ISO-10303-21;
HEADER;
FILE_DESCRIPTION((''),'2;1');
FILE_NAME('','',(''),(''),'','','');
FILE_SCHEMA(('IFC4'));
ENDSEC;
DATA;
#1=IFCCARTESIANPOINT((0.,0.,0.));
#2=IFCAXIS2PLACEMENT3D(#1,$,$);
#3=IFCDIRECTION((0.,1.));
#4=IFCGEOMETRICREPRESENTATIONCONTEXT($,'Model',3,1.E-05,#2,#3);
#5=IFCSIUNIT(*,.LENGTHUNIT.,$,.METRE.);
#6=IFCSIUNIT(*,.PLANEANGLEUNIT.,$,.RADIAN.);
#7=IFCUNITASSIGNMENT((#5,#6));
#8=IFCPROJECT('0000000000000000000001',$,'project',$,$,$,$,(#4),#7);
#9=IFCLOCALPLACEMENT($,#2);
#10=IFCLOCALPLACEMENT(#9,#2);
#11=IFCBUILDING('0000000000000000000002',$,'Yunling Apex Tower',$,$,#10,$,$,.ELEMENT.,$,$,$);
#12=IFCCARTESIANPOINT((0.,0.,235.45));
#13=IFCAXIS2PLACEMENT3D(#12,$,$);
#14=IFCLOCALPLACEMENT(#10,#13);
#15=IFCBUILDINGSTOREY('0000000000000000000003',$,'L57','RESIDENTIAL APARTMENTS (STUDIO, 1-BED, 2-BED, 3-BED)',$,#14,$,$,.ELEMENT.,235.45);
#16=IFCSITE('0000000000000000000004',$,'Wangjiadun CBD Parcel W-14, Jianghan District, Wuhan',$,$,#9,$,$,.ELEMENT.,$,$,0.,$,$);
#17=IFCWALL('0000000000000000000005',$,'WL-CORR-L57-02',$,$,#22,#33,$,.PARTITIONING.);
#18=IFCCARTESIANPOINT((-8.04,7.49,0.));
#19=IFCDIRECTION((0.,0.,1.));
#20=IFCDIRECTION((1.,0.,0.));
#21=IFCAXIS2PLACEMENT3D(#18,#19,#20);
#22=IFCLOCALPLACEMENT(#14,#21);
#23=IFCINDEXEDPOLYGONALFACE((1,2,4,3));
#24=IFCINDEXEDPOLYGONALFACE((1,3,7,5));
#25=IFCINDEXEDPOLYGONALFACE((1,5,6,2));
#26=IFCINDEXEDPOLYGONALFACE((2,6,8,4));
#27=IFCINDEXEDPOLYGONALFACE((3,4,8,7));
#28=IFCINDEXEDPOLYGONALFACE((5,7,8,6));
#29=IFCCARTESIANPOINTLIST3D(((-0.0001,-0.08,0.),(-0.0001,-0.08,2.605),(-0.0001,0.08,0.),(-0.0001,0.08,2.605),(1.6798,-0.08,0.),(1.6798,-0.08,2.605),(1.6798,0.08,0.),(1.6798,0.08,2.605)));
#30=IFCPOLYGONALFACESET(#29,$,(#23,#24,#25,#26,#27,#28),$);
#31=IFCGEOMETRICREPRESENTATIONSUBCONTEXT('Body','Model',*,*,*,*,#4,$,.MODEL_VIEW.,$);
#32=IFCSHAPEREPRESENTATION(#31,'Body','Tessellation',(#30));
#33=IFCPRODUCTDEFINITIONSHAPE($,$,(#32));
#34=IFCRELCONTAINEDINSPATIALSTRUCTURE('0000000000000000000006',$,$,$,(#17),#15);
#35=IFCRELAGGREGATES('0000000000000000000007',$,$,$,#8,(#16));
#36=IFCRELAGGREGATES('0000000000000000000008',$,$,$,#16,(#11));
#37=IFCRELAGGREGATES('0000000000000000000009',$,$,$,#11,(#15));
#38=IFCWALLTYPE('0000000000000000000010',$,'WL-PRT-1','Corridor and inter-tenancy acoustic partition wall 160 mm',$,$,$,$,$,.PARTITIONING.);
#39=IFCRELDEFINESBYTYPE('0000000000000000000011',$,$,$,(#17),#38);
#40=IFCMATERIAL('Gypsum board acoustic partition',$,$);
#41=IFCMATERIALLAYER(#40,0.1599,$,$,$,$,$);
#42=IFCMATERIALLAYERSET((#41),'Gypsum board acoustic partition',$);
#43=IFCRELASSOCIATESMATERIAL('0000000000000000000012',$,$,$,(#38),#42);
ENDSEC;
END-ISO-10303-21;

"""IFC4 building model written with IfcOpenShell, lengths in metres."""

from ifc_helpers import new_model, si_unit, direction, frame, frame_2d, origin, place, context, subcontext, project, spatial, rectangle, extrude, material, layer, layer_set, type_object, element, save


model = new_model("IFC4")

# Units and contexts
model_context = context("Model", 3, precision=1e-05, world=origin(), true_north=direction((0.0, 1.0)))
body_context = subcontext(model_context, "Body", "Model", "MODEL_VIEW")
ifc_project = project(units=[si_unit("LENGTHUNIT", "METRE"), si_unit("PLANEANGLEUNIT", "RADIAN")], contexts=[model_context])

# Site, building, storey
site_placement = place(None, origin())
site = spatial("IfcSite", under=ifc_project, at=site_placement, Name="Wangjiadun CBD Parcel W-14, Jianghan District, Wuhan", CompositionType="ELEMENT", RefElevation=0.0)
building_placement = place(site_placement, origin())
building = spatial("IfcBuilding", under=site, at=building_placement, Name="Yunling Apex Tower", CompositionType="ELEMENT")
storey_placement = place(building_placement, frame((0.0, 0.0, 235.45)))
storey = spatial("IfcBuildingStorey", under=building, at=storey_placement, Name="L57", Description="RESIDENTIAL APARTMENTS (STUDIO, 1-BED, 2-BED, 3-BED)", CompositionType="ELEMENT", Elevation=235.45)

# Shared definitions
ifc_material_1 = material(Name="Gypsum board acoustic partition")
ifc_layer_1 = layer(ifc_material_1, 0.1599)
ifc_layer_set_1 = layer_set([ifc_layer_1], Name="Gypsum board acoustic partition")
wall_type_1 = type_object("IfcWallType", Name="WL-PRT-1", Description="Corridor and inter-tenancy acoustic partition wall 160 mm", PredefinedType="PARTITIONING", material=ifc_layer_set_1)

# Wall
wall_1_placement = place(storey_placement, frame((-8.04, 7.49, 0.0), z_axis=(0.0, 0.0, 1.0), x_axis=(1.0, 0.0, 0.0)))
element("IfcWall", 1, at=wall_1_placement, inside=storey, type_object=wall_type_1, Name="WL-CORR-L57-02", PredefinedType="PARTITIONING", context=body_context, shape_type="SweptSolid", body=[
    extrude(rectangle(XDim=1.6799, YDim=0.1599, at=frame_2d((0.8398, 0.0))), origin(), (0.0, 0.0, 1.0), 2.605),
])

save(model, "model.ifc")
